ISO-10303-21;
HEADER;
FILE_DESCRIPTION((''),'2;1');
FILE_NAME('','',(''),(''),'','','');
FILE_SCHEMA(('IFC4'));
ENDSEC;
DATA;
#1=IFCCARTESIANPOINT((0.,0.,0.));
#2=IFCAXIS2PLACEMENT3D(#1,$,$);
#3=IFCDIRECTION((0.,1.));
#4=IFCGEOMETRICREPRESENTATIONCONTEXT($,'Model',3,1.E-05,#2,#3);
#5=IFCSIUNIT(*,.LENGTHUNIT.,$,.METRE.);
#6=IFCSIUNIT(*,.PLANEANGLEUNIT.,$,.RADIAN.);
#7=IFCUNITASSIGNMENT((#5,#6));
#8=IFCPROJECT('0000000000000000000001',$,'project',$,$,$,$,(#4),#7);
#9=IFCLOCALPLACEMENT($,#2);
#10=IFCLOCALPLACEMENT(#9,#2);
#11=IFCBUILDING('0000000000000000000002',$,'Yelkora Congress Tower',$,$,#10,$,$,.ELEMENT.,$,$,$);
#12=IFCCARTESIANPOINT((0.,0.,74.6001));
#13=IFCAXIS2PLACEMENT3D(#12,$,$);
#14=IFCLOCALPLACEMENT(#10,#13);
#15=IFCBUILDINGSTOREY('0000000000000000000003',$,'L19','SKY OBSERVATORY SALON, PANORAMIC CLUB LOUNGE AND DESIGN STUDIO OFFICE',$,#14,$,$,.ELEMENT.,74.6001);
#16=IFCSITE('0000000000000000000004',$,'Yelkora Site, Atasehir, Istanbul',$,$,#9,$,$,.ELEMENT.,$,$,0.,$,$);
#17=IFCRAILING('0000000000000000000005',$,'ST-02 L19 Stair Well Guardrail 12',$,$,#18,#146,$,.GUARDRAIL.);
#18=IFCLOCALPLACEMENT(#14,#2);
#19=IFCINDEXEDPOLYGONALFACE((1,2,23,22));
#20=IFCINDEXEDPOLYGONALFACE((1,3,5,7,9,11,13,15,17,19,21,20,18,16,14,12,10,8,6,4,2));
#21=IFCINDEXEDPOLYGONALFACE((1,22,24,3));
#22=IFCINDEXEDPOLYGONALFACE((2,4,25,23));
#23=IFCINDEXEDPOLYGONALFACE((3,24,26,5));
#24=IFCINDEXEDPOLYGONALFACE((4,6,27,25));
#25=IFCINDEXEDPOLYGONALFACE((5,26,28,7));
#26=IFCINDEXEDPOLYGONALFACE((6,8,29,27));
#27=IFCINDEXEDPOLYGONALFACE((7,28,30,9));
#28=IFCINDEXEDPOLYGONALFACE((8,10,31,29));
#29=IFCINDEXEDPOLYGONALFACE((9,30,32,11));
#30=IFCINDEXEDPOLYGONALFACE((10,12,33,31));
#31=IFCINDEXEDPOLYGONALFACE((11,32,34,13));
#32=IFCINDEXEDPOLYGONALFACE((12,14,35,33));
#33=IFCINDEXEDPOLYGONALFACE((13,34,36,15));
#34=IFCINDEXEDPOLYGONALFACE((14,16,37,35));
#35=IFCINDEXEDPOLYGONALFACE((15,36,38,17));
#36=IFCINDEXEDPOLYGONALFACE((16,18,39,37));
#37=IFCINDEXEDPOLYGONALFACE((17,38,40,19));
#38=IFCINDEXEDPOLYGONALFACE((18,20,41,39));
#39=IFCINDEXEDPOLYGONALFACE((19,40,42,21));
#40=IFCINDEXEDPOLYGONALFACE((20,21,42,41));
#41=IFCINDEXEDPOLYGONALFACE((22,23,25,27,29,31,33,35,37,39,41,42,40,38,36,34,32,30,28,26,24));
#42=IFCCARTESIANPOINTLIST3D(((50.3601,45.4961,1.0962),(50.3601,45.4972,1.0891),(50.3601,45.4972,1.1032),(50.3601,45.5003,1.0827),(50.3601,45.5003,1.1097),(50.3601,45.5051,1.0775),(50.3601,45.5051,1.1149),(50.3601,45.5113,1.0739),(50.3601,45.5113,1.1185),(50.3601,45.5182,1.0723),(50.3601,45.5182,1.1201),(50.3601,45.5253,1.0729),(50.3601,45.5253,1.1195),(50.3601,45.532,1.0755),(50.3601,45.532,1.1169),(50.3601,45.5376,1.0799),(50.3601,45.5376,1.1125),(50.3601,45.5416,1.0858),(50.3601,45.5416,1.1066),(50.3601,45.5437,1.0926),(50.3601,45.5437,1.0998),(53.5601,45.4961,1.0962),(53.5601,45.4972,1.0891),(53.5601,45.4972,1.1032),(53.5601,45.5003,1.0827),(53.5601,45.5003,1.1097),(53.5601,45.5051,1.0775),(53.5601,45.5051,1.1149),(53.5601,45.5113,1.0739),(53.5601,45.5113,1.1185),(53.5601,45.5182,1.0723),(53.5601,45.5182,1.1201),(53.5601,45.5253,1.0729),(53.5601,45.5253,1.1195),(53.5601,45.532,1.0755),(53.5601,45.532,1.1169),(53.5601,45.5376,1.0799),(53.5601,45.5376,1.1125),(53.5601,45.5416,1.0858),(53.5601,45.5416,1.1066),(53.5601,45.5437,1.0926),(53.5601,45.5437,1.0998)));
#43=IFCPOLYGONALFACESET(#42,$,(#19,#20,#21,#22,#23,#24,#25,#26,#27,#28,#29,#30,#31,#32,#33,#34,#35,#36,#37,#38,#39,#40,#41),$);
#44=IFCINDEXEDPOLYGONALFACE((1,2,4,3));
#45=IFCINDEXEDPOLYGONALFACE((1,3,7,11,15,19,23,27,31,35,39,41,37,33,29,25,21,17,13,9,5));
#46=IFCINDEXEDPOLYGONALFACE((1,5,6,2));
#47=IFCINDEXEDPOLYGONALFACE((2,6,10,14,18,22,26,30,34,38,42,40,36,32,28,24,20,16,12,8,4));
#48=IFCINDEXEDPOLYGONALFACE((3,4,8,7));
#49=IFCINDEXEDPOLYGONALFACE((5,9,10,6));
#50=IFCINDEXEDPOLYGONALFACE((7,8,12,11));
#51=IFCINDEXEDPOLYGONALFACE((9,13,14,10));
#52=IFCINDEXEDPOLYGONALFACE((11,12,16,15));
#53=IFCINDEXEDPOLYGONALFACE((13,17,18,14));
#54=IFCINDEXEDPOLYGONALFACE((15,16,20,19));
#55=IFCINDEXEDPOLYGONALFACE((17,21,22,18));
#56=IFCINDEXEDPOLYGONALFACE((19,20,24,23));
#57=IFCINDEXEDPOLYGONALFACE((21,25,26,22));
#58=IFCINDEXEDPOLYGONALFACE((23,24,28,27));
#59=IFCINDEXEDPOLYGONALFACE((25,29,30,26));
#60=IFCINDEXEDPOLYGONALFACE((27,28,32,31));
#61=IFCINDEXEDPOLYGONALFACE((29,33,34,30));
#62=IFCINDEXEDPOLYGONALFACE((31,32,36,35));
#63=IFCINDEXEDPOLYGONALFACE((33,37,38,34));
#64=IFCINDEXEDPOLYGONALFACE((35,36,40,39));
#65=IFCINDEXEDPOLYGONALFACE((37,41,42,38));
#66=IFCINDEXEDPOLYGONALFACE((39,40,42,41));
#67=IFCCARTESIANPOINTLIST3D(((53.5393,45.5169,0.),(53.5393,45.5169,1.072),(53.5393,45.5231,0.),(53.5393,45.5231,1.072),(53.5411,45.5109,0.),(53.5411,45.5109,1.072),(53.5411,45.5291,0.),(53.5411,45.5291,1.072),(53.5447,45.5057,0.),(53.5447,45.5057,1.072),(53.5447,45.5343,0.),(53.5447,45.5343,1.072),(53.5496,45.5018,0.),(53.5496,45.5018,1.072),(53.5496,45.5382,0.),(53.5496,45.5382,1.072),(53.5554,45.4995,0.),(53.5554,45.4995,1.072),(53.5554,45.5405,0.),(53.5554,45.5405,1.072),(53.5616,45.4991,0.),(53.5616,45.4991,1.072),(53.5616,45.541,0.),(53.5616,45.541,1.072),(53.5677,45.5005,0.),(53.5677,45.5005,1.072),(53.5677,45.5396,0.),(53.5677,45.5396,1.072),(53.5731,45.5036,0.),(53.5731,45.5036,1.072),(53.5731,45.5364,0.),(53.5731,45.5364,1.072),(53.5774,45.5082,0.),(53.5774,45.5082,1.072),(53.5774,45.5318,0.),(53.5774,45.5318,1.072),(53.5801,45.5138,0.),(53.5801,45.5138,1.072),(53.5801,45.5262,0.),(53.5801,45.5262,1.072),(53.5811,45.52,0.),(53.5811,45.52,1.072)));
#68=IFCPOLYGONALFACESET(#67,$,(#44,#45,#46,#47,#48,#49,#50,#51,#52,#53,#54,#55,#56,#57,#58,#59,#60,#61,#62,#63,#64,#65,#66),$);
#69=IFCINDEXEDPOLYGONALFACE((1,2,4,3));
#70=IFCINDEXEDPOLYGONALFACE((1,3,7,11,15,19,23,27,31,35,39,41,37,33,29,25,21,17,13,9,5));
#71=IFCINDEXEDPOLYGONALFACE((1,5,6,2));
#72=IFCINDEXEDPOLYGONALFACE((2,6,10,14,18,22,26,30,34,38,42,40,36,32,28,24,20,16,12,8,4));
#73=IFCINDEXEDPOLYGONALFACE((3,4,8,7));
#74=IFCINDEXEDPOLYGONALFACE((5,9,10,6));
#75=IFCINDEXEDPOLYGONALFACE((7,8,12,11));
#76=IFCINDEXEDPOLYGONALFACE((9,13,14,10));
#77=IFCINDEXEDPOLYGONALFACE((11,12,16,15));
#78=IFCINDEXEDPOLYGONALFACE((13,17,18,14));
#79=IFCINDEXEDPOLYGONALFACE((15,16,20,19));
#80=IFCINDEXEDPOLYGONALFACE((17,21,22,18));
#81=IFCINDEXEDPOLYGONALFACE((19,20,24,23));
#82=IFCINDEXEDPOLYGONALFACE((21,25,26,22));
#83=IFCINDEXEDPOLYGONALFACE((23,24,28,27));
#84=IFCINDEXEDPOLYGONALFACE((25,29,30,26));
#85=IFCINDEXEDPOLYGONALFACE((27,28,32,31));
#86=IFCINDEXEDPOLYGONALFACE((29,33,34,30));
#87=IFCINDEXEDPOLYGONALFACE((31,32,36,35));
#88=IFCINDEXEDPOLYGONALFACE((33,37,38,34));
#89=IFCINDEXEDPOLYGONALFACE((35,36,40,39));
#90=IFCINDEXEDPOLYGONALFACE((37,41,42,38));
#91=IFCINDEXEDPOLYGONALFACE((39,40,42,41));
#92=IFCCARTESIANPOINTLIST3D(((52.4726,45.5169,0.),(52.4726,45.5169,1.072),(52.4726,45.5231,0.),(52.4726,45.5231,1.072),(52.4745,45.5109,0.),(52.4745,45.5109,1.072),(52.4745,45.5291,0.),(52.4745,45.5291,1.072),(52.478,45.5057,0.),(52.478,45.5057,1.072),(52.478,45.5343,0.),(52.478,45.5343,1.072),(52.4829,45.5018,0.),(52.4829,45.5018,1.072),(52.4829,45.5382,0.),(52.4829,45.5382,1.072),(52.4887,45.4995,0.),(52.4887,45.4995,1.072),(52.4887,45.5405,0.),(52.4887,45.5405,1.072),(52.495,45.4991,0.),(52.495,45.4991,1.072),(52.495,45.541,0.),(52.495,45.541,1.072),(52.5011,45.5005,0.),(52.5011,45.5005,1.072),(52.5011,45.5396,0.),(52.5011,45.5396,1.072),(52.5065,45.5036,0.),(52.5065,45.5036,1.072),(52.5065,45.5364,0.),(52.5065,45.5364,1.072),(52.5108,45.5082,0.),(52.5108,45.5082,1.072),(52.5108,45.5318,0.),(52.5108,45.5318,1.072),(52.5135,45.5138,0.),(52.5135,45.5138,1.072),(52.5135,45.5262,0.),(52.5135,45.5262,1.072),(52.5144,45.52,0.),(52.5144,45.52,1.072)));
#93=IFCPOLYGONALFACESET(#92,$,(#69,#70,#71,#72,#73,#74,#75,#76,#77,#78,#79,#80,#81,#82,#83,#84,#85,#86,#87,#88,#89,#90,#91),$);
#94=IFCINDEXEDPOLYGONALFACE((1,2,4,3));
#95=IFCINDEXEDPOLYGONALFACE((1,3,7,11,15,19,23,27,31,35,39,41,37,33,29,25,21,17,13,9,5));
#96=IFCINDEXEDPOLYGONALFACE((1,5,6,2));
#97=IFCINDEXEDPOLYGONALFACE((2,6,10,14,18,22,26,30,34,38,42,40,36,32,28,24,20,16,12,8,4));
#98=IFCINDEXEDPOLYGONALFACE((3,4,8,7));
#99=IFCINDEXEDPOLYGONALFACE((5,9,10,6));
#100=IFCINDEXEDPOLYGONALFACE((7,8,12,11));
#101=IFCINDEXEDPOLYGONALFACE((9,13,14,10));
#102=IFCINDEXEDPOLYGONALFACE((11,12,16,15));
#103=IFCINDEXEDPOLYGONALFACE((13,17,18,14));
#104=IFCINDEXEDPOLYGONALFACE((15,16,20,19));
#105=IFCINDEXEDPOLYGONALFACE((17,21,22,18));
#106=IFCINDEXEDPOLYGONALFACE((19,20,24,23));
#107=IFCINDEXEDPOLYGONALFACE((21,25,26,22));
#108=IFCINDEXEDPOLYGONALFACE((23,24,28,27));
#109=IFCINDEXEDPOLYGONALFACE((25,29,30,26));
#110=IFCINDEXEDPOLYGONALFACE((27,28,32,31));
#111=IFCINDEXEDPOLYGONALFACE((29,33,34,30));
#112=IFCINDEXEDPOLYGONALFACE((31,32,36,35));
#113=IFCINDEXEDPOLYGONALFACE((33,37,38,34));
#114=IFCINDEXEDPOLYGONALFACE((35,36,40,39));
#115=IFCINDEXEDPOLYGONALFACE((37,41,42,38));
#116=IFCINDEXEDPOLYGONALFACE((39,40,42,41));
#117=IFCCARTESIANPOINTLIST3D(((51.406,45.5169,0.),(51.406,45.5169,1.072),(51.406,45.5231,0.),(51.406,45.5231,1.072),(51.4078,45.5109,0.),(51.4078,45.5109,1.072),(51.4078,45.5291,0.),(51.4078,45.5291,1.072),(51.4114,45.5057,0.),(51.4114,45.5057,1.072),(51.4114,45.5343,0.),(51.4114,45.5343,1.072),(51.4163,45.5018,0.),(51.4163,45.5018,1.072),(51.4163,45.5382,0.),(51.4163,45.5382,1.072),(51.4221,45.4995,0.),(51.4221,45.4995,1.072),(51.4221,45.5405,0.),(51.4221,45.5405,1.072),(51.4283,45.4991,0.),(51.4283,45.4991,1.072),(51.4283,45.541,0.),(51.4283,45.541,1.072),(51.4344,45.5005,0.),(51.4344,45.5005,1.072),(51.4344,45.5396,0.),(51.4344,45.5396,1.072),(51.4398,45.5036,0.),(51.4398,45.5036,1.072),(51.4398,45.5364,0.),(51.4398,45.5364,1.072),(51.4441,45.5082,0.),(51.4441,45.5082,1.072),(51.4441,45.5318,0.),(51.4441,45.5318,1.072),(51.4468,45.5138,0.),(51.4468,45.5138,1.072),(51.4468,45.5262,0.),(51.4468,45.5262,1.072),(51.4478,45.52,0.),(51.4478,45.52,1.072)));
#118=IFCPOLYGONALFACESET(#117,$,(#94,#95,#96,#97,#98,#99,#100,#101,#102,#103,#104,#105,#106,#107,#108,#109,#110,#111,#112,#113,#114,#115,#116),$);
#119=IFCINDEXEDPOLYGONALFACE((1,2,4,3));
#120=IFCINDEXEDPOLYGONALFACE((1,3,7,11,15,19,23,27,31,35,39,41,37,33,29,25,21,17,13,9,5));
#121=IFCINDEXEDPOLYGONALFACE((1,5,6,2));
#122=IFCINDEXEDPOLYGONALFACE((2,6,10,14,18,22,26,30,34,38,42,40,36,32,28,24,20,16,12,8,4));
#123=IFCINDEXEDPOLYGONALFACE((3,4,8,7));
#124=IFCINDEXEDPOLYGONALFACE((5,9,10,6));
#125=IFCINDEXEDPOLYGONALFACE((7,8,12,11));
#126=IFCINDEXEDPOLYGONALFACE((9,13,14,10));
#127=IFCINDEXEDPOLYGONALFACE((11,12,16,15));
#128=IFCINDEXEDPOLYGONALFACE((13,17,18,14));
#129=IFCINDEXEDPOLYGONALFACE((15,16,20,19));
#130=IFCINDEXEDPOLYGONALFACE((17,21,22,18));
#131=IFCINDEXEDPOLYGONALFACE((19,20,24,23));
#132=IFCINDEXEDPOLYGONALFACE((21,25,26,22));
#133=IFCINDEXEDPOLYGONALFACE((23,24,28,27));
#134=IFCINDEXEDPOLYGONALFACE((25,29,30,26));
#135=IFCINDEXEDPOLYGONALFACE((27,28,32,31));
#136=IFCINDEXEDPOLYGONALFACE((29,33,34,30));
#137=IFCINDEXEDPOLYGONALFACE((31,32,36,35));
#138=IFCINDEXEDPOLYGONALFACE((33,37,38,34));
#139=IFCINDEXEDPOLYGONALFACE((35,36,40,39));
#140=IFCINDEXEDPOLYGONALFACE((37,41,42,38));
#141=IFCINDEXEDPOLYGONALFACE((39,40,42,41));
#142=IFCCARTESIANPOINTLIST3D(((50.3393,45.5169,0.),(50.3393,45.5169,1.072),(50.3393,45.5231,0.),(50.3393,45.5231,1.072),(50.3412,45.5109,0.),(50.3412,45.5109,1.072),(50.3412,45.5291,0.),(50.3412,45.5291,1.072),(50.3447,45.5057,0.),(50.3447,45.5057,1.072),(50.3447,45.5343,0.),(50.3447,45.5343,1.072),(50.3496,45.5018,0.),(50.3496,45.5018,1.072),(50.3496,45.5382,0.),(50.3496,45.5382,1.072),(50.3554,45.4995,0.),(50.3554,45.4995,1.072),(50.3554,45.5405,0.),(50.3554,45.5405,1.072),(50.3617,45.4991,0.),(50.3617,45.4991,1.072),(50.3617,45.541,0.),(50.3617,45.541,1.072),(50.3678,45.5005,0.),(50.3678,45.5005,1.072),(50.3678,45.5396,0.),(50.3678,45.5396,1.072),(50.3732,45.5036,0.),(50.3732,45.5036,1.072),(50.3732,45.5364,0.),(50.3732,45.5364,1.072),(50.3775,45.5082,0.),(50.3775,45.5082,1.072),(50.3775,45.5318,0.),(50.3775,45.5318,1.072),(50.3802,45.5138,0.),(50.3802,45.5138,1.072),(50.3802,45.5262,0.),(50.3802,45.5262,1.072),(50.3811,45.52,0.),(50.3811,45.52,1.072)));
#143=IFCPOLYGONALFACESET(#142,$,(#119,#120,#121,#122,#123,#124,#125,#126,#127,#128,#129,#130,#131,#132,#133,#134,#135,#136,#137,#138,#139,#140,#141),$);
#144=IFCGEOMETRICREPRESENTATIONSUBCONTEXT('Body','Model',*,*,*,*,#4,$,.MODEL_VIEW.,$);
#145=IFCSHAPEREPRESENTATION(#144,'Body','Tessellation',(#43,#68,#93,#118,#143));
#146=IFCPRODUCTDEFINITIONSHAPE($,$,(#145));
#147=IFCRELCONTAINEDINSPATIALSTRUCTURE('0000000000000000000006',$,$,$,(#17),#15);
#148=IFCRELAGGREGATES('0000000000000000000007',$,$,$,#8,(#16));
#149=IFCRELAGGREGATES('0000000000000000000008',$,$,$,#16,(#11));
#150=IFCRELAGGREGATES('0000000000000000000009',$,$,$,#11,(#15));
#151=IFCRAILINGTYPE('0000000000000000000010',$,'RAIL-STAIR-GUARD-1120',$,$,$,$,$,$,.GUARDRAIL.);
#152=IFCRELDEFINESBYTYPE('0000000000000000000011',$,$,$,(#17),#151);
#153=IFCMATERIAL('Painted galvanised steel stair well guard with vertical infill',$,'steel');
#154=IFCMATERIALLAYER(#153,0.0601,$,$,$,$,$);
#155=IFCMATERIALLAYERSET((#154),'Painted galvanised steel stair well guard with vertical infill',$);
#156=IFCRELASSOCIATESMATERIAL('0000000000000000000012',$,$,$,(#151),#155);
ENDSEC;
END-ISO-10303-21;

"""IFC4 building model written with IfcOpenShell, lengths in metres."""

from ifc_helpers import new_model, si_unit, direction, frame, origin, origin_2d, place, context, subcontext, project, spatial, circle, extrude, material, layer, layer_set, type_object, element, save


model = new_model("IFC4")

# Units and contexts
model_context = context("Model", 3, precision=1e-05, world=origin(), true_north=direction((0.0, 1.0)))
body_context = subcontext(model_context, "Body", "Model", "MODEL_VIEW")
ifc_project = project(units=[si_unit("LENGTHUNIT", "METRE"), si_unit("PLANEANGLEUNIT", "RADIAN")], contexts=[model_context])

# Site, building, storey
site_placement = place(None, origin())
site = spatial("IfcSite", under=ifc_project, at=site_placement, Name="Yelkora Site, Atasehir, Istanbul", CompositionType="ELEMENT", RefElevation=0.0)
building_placement = place(site_placement, origin())
building = spatial("IfcBuilding", under=site, at=building_placement, Name="Yelkora Congress Tower", CompositionType="ELEMENT")
storey_placement = place(building_placement, frame((0.0, 0.0, 74.6001)))
storey = spatial("IfcBuildingStorey", under=building, at=storey_placement, Name="L19", Description="SKY OBSERVATORY SALON, PANORAMIC CLUB LOUNGE AND DESIGN STUDIO OFFICE", CompositionType="ELEMENT", Elevation=74.6001)

# Railing
ifc_material_1 = material(Name="Painted galvanised steel stair well guard with vertical infill", Category="steel")
ifc_layer_1 = layer(ifc_material_1, 0.0601)
ifc_layer_set_1 = layer_set([ifc_layer_1], Name="Painted galvanised steel stair well guard with vertical infill")
railing_type_1 = type_object("IfcRailingType", Name="RAIL-STAIR-GUARD-1120", PredefinedType="GUARDRAIL", material=ifc_layer_set_1)
railing_1_placement = place(storey_placement, frame((53.5601, 45.52, 0.0)))
element("IfcRailing", 1, at=railing_1_placement, inside=storey, type_object=railing_type_1, Name="ST-02 L19 Stair Well Guardrail 12", PredefinedType="GUARDRAIL", context=body_context, shape_type="SweptSolid", body=[
    extrude(circle(Radius=0.0239, at=origin_2d()), frame((0.0, 0.0, 1.0962), z_axis=(-1.0, 0.0, 0.0), x_axis=(0.0, -1.0, 0.0)), (0.0, 0.0, 1.0), 3.2),
    extrude(circle(Radius=0.021, at=origin_2d()), origin(), (0.0, 0.0, 1.0), 1.072),
    extrude(circle(Radius=0.021, at=origin_2d()), frame((-1.0667, 0.0, 0.0)), (0.0, 0.0, 1.0), 1.072),
    extrude(circle(Radius=0.021, at=origin_2d()), frame((-2.1333, 0.0, 0.0)), (0.0, 0.0, 1.0), 1.072),
    extrude(circle(Radius=0.021, at=origin_2d()), frame((-3.2, 0.0, 0.0)), (0.0, 0.0, 1.0), 1.072),
])

save(model, "model.ifc")
